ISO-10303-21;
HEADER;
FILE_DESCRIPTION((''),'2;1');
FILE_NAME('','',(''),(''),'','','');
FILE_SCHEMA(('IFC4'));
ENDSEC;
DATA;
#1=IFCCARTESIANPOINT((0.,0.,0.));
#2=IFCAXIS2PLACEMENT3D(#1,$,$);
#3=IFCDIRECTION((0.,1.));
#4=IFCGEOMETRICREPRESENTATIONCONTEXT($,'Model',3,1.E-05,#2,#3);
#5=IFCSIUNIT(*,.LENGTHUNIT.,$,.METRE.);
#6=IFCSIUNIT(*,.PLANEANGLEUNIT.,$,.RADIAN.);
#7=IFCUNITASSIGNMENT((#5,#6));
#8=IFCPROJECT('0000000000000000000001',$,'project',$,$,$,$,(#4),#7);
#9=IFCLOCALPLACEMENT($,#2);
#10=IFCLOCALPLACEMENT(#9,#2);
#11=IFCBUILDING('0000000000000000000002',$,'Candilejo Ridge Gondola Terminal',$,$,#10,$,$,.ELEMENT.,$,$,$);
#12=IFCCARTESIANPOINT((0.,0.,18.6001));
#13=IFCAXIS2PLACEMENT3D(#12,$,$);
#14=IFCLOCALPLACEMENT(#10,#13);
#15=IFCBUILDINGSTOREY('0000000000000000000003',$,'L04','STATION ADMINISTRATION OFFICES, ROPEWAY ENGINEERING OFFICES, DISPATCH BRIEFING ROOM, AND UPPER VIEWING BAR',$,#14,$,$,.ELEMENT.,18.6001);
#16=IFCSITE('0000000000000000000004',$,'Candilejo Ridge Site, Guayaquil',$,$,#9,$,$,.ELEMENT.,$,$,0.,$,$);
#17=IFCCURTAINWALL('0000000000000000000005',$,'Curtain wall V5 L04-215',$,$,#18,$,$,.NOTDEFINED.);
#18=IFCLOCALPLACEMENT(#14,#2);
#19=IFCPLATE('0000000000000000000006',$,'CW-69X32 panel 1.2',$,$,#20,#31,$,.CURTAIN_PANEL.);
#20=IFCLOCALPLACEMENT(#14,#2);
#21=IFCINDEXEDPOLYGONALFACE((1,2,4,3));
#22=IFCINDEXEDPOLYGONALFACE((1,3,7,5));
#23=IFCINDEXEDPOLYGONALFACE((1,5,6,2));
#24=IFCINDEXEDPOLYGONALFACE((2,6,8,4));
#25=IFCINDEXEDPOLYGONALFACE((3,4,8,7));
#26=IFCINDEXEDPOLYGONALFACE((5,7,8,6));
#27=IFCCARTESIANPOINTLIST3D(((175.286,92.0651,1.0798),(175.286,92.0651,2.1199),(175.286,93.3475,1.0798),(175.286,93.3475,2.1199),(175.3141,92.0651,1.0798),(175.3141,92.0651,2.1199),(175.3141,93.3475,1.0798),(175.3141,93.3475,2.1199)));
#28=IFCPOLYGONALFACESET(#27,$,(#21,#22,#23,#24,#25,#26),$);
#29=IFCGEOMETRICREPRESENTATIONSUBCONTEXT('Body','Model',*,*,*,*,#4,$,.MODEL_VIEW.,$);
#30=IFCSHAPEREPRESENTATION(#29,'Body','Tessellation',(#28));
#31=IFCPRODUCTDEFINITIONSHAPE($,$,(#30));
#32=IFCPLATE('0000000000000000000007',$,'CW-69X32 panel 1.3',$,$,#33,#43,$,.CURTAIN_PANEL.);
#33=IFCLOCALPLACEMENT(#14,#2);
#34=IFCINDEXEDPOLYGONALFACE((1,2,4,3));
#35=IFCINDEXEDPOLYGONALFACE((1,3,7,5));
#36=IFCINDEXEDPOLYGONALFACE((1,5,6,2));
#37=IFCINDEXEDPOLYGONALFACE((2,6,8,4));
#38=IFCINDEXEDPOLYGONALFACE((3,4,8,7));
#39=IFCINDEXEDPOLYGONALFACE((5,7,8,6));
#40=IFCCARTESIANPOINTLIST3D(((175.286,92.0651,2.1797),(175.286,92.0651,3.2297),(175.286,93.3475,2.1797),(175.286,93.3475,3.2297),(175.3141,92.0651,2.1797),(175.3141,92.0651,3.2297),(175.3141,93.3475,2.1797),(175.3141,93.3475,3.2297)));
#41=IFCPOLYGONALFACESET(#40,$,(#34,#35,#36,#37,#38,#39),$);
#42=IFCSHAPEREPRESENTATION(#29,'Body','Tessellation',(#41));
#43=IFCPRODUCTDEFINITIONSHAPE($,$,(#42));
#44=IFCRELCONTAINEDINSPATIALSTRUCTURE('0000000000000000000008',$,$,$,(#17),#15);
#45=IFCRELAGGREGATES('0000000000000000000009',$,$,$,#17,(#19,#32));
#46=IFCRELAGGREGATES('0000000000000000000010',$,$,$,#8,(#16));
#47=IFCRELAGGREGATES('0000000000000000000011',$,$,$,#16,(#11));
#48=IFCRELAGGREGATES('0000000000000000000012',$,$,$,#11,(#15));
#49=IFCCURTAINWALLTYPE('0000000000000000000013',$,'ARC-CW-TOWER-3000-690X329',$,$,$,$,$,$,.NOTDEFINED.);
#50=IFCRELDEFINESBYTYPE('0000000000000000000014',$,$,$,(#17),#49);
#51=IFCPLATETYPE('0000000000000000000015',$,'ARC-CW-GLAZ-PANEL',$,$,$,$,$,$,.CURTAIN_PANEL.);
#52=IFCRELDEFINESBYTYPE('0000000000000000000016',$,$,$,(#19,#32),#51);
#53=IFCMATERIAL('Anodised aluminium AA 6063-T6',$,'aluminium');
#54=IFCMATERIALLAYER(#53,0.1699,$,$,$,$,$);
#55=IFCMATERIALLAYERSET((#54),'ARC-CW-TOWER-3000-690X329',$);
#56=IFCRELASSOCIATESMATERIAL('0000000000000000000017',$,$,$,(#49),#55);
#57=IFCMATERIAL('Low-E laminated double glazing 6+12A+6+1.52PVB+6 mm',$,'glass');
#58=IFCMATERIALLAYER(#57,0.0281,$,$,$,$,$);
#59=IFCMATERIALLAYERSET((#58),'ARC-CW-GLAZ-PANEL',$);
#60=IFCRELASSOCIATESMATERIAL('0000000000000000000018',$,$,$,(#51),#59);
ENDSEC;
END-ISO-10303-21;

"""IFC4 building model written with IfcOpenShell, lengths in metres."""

from ifc_helpers import new_model, si_unit, direction, frame, origin, origin_2d, place, context, subcontext, project, spatial, rectangle, extrude, material, layer, layer_set, type_object, element, aggregate, save


model = new_model("IFC4")

# Units and contexts
model_context = context("Model", 3, precision=1e-05, world=origin(), true_north=direction((0.0, 1.0)))
body_context = subcontext(model_context, "Body", "Model", "MODEL_VIEW")
ifc_project = project(units=[si_unit("LENGTHUNIT", "METRE"), si_unit("PLANEANGLEUNIT", "RADIAN")], contexts=[model_context])

# Site, building, storey
site_placement = place(None, origin())
site = spatial("IfcSite", under=ifc_project, at=site_placement, Name="Candilejo Ridge Site, Guayaquil", CompositionType="ELEMENT", RefElevation=0.0)
building_placement = place(site_placement, origin())
building = spatial("IfcBuilding", under=site, at=building_placement, Name="Candilejo Ridge Gondola Terminal", CompositionType="ELEMENT")
storey_placement = place(building_placement, frame((0.0, 0.0, 18.6001)))
storey = spatial("IfcBuildingStorey", under=building, at=storey_placement, Name="L04", Description="STATION ADMINISTRATION OFFICES, ROPEWAY ENGINEERING OFFICES, DISPATCH BRIEFING ROOM, AND UPPER VIEWING BAR", CompositionType="ELEMENT", Elevation=18.6001)

# Curtain wall
ifc_material_1 = material(Name="Anodised aluminium AA 6063-T6", Category="aluminium")
ifc_layer_1 = layer(ifc_material_1, 0.1699)
ifc_layer_set_1 = layer_set([ifc_layer_1], Name="ARC-CW-TOWER-3000-690X329")
curtain_wall_type = type_object("IfcCurtainWallType", Name="ARC-CW-TOWER-3000-690X329", PredefinedType="NOTDEFINED", material=ifc_layer_set_1)
curtain_wall_1_placement = place(storey_placement, origin())
curtain_wall_1 = element("IfcCurtainWall", 1, at=curtain_wall_1_placement, inside=storey, type_object=curtain_wall_type, Name="Curtain wall V5 L04-215", PredefinedType="NOTDEFINED")

# Plates
ifc_material_2 = material(Name="Low-E laminated double glazing 6+12A+6+1.52PVB+6 mm", Category="glass")
ifc_layer_2 = layer(ifc_material_2, 0.0281)
ifc_layer_set_2 = layer_set([ifc_layer_2], Name="ARC-CW-GLAZ-PANEL")
plate_type = type_object("IfcPlateType", Name="ARC-CW-GLAZ-PANEL", PredefinedType="CURTAIN_PANEL", material=ifc_layer_set_2)
plate_1_placement = place(storey_placement, frame((175.3, 92.7063, 1.0798), z_axis=(0.0, 0.0, 1.0), x_axis=(0.0, 1.0, 0.0)))
plate_1 = element("IfcPlate", 2, at=plate_1_placement, type_object=plate_type, Name="CW-69X32 panel 1.2", PredefinedType="CURTAIN_PANEL", context=body_context, shape_type="SweptSolid", body=[
    extrude(rectangle(XDim=1.2825, YDim=0.0281, at=origin_2d()), origin(), (0.0, 0.0, 1.0), 1.04),
])
plate_2_placement = place(storey_placement, frame((175.3, 92.7063, 2.1797), z_axis=(0.0, 0.0, 1.0), x_axis=(0.0, 1.0, 0.0)))
plate_2 = element("IfcPlate", 3, at=plate_2_placement, type_object=plate_type, Name="CW-69X32 panel 1.3", PredefinedType="CURTAIN_PANEL", context=body_context, shape_type="SweptSolid", body=[
    extrude(rectangle(XDim=1.2825, YDim=0.0281, at=origin_2d()), origin(), (0.0, 0.0, 1.0), 1.05),
])
aggregate(curtain_wall_1, [plate_1, plate_2])

save(model, "model.ifc")
